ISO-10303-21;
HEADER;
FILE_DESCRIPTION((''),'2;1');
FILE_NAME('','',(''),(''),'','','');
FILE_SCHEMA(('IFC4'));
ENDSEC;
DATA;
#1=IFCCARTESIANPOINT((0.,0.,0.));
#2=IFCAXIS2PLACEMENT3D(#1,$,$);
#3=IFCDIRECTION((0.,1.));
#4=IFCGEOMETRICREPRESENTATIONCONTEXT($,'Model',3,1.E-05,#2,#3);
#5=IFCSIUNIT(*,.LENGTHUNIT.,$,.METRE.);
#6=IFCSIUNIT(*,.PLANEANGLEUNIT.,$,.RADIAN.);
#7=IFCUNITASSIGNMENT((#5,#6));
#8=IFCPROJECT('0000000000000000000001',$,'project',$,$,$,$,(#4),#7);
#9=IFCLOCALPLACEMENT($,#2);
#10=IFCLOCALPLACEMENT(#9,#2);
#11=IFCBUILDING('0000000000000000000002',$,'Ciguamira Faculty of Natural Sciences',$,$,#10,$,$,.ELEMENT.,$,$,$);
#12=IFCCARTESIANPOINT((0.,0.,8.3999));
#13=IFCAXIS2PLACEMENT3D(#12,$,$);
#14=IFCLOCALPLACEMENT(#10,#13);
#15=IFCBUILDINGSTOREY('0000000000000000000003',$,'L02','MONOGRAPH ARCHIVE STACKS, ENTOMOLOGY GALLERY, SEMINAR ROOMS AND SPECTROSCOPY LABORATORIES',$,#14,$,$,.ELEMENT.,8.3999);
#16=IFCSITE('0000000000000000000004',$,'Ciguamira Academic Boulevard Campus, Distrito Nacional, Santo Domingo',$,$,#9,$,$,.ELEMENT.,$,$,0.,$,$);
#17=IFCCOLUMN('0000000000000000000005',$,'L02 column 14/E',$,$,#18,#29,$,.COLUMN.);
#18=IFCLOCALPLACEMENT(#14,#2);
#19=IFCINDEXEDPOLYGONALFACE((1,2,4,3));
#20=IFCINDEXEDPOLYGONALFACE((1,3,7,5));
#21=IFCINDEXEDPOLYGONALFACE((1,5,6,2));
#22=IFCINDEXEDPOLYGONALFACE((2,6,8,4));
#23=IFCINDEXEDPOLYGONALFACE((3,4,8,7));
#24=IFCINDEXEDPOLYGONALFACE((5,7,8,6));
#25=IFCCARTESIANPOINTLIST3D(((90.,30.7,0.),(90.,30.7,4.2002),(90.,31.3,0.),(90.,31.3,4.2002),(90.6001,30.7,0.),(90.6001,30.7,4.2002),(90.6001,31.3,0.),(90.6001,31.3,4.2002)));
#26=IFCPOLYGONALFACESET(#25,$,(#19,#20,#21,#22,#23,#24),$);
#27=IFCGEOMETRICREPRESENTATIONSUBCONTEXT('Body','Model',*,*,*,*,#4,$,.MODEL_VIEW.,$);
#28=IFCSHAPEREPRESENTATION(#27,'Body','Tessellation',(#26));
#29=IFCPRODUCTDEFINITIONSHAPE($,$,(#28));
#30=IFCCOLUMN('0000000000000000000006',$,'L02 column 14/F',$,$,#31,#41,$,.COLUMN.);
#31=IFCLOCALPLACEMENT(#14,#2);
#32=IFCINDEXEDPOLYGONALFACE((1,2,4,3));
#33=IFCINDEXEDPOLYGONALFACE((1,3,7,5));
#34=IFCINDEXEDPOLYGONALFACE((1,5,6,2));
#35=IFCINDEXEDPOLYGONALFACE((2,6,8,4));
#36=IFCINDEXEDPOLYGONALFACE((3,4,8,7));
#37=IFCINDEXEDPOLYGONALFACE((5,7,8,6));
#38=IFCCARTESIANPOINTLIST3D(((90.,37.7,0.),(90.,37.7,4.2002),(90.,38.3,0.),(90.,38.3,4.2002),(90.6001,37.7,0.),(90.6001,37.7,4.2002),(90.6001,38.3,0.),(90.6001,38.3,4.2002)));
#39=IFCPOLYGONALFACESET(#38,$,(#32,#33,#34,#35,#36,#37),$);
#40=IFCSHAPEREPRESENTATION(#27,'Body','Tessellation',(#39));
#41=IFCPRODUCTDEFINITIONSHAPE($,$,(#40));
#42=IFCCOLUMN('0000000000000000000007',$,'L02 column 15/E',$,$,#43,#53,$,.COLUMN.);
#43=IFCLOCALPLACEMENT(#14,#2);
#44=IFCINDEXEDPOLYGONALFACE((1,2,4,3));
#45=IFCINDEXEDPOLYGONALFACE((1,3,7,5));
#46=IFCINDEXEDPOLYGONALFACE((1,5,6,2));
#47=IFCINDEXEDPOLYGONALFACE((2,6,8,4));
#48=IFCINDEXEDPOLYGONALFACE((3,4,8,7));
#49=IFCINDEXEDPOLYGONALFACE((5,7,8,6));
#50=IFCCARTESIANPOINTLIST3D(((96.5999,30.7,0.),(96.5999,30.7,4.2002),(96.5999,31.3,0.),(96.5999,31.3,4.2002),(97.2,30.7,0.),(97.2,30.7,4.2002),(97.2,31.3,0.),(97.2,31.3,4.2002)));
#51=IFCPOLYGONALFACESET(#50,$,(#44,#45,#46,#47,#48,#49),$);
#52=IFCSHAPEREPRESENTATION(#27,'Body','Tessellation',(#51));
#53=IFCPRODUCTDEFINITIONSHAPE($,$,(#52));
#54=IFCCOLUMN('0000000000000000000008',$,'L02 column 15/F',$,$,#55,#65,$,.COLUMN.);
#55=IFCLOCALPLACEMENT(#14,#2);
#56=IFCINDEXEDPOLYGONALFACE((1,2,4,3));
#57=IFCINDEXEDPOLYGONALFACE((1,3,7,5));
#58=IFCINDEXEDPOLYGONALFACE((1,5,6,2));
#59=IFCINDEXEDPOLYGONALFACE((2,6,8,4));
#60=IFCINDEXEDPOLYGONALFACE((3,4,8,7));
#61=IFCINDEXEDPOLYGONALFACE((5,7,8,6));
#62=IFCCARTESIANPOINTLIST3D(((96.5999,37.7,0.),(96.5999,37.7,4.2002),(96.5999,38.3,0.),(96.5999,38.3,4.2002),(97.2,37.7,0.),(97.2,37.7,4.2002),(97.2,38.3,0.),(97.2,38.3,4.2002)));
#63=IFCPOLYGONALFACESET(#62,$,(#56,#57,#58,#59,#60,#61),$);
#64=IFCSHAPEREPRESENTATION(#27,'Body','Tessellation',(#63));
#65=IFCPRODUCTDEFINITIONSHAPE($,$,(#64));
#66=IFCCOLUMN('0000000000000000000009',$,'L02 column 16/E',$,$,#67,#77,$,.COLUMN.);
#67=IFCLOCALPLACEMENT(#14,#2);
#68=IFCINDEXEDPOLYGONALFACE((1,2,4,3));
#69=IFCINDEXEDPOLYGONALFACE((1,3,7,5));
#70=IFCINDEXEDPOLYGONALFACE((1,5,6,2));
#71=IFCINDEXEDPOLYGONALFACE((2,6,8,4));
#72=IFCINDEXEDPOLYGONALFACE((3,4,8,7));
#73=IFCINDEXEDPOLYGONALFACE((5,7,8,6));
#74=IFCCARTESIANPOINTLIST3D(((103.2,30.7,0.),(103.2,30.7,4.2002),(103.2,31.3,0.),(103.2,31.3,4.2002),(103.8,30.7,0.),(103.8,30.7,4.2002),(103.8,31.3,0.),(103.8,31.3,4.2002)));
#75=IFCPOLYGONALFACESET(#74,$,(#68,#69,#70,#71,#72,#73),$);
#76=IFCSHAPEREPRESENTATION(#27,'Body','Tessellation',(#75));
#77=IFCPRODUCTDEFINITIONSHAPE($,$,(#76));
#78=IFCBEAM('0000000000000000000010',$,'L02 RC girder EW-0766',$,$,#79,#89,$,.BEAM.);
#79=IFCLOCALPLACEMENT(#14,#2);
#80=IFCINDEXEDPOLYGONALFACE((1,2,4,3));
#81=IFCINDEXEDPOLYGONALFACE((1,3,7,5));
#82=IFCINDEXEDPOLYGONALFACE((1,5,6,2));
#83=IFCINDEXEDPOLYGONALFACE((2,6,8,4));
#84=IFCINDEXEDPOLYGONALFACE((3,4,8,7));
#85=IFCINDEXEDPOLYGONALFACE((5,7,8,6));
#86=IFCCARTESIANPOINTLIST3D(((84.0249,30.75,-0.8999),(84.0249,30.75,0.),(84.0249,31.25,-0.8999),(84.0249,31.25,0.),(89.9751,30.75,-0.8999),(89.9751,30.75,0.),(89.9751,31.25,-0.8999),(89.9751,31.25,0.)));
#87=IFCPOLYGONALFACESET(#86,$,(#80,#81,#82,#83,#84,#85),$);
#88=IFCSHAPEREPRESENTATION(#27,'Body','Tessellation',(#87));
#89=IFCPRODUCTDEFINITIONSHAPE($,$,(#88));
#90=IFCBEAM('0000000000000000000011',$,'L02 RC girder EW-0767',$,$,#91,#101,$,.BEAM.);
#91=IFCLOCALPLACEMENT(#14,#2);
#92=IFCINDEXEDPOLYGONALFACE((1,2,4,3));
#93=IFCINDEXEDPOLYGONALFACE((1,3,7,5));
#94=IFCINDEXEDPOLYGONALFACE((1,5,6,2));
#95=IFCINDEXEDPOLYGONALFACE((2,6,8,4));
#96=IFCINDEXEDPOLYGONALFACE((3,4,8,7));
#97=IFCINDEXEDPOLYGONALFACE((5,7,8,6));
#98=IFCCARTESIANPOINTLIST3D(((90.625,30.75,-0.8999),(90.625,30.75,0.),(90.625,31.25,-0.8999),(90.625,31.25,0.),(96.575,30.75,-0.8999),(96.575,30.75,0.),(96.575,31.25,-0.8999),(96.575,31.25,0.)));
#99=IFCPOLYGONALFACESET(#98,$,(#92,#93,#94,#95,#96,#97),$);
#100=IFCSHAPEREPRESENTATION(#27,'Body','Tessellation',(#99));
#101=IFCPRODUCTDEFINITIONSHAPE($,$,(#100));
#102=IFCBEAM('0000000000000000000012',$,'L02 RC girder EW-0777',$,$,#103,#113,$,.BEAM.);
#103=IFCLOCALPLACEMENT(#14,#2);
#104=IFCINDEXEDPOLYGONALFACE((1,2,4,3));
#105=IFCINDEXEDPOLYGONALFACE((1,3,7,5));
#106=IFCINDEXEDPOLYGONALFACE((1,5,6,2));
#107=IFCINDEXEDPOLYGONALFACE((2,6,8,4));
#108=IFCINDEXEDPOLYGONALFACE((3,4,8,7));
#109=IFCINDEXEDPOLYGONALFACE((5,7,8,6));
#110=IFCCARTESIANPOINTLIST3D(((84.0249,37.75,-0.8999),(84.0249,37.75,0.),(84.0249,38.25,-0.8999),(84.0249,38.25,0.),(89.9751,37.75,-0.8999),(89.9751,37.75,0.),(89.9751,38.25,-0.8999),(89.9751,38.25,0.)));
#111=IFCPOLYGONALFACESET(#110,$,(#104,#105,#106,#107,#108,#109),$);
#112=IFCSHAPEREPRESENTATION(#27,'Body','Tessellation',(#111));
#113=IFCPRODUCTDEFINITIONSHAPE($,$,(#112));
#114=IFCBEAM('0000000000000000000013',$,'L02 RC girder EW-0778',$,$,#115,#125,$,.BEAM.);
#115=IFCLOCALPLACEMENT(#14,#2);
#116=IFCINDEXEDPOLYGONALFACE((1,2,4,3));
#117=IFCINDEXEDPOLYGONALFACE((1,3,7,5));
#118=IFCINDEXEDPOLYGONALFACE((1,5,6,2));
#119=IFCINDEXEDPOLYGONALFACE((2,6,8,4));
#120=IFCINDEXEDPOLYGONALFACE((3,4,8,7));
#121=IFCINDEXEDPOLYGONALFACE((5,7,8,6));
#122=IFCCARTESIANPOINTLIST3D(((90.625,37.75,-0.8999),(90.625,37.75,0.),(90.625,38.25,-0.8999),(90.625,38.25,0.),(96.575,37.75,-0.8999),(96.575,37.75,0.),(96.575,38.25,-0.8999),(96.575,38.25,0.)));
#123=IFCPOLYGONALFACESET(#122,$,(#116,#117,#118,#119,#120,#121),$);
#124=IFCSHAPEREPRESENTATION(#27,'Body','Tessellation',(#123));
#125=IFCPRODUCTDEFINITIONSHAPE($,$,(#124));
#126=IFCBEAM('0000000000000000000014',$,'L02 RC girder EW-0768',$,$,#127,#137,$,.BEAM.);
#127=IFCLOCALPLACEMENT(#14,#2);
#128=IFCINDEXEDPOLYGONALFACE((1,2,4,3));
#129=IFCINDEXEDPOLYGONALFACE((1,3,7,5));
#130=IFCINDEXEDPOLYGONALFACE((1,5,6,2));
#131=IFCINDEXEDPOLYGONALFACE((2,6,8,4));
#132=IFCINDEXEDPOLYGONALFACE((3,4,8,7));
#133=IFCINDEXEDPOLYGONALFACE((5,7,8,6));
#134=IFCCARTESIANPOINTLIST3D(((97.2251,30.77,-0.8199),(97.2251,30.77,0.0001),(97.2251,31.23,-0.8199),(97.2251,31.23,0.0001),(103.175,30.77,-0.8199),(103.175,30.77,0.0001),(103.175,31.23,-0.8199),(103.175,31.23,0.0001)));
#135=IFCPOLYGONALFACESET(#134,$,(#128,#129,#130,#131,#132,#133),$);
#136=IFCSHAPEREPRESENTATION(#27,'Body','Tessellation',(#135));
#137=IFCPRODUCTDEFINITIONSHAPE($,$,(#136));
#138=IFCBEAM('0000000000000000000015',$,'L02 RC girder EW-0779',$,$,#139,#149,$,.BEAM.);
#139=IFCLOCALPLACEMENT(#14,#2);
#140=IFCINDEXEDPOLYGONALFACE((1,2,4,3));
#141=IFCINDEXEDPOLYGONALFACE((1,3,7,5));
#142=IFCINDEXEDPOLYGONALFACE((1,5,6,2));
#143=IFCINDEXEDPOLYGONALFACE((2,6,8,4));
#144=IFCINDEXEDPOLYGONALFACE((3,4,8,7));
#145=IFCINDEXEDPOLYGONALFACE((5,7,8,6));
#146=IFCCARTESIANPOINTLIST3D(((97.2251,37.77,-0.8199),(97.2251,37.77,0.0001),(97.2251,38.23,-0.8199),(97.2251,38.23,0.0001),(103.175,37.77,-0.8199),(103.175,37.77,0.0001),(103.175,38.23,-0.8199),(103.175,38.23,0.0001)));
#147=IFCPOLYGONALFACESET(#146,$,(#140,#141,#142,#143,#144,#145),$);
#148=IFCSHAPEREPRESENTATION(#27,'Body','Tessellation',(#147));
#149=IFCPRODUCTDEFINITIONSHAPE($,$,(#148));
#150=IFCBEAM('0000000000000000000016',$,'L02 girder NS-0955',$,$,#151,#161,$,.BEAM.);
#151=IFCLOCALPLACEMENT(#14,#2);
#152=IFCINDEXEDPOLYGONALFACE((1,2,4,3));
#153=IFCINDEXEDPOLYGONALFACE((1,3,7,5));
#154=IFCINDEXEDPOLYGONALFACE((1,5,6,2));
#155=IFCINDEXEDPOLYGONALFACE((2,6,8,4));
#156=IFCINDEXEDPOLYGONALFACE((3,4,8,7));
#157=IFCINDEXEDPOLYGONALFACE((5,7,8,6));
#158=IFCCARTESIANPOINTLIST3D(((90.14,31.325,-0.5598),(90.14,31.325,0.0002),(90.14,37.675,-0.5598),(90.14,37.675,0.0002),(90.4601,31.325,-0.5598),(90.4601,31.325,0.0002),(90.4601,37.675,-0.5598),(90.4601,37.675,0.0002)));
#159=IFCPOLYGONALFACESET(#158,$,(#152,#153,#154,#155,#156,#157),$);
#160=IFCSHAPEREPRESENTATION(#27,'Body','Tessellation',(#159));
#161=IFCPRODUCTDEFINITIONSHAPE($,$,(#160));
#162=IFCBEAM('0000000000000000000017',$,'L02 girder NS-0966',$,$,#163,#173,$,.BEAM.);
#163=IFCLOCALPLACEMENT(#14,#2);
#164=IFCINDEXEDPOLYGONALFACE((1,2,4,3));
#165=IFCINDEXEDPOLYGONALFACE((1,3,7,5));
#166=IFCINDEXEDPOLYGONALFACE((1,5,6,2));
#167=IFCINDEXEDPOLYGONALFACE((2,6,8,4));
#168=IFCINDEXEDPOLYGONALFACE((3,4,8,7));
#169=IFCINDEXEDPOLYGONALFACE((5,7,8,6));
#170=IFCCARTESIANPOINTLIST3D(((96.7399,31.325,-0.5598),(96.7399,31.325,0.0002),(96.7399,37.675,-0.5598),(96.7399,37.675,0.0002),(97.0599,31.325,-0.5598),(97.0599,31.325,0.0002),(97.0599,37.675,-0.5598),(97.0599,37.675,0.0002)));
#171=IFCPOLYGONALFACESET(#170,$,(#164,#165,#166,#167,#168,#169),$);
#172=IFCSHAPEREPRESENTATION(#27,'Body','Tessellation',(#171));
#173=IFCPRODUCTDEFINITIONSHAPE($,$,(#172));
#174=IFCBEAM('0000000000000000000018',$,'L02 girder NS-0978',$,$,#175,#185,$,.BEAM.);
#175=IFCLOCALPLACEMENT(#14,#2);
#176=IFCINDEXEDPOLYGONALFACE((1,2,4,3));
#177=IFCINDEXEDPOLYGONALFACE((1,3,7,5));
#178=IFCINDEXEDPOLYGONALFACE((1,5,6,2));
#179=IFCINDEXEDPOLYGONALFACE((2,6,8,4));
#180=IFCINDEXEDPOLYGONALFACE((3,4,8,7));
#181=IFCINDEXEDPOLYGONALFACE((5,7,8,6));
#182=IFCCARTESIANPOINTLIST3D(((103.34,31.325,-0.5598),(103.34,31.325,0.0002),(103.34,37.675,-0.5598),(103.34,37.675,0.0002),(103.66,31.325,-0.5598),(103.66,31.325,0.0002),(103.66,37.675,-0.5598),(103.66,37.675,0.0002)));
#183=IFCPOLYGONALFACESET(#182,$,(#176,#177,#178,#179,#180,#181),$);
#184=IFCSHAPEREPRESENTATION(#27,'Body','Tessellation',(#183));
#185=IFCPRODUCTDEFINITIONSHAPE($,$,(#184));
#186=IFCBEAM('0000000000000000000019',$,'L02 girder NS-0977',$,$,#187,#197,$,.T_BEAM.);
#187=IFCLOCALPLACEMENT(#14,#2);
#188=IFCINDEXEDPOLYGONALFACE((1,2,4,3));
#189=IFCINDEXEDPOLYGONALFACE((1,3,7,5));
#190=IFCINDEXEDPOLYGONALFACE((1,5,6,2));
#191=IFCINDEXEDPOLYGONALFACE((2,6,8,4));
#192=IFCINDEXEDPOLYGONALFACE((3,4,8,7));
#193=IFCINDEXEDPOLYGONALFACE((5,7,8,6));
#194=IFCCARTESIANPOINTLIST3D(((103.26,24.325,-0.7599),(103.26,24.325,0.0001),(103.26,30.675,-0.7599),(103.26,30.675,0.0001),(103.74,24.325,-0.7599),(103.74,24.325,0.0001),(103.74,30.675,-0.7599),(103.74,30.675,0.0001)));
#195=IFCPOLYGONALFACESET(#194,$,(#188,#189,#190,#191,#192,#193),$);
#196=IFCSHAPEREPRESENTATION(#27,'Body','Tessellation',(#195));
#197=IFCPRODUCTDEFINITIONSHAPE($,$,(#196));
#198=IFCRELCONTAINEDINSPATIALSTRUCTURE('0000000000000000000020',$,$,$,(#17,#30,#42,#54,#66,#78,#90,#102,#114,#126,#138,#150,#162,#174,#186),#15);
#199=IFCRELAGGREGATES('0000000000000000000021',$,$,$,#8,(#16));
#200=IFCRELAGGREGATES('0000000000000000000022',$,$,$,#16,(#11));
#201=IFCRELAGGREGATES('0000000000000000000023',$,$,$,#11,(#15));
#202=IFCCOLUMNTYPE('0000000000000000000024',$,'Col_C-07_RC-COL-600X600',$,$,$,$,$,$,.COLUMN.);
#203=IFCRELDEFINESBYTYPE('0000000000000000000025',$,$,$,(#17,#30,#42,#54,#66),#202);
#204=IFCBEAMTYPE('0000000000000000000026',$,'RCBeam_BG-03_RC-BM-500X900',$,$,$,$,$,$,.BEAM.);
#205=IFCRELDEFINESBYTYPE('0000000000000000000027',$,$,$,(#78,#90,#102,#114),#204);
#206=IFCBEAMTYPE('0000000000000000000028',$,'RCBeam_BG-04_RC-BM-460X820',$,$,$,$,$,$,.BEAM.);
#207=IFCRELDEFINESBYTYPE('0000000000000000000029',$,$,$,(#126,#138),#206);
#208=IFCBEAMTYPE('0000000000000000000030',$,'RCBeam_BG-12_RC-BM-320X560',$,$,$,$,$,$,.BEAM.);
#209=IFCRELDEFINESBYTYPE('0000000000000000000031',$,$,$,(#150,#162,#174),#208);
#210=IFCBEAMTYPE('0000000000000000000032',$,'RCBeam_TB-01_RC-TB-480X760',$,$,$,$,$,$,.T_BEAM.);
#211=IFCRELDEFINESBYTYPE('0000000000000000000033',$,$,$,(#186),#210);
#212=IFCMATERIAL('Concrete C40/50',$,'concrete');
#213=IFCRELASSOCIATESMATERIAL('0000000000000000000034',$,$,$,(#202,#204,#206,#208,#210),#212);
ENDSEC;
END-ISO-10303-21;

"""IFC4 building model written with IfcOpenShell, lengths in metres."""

from ifc_helpers import new_model, si_unit, direction, frame, origin, origin_2d, place, context, subcontext, project, spatial, rectangle, extrude, material, material_profile, profile_set, type_object, element, save


model = new_model("IFC4")

# Units and contexts
model_context = context("Model", 3, precision=1e-05, world=origin(), true_north=direction((0.0, 1.0)))
body_context = subcontext(model_context, "Body", "Model", "MODEL_VIEW")
ifc_project = project(units=[si_unit("LENGTHUNIT", "METRE"), si_unit("PLANEANGLEUNIT", "RADIAN")], contexts=[model_context])

# Site, building, storey
site_placement = place(None, origin())
site = spatial("IfcSite", under=ifc_project, at=site_placement, Name="Ciguamira Academic Boulevard Campus, Distrito Nacional, Santo Domingo", CompositionType="ELEMENT", RefElevation=0.0)
building_placement = place(site_placement, origin())
building = spatial("IfcBuilding", under=site, at=building_placement, Name="Ciguamira Faculty of Natural Sciences", CompositionType="ELEMENT")
storey_placement = place(building_placement, frame((0.0, 0.0, 8.3999)))
storey = spatial("IfcBuildingStorey", under=building, at=storey_placement, Name="L02", Description="MONOGRAPH ARCHIVE STACKS, ENTOMOLOGY GALLERY, SEMINAR ROOMS AND SPECTROSCOPY LABORATORIES", CompositionType="ELEMENT", Elevation=8.3999)

# Columns
ifc_material_1 = material(Name="Concrete C40/50", Category="concrete")
ifc_material_profile_1 = material_profile(ifc_material_1, rectangle(XDim=0.6001, YDim=0.6001, at=origin_2d()), Name="RC-COL-600X600")
ifc_profile_set_1 = profile_set([ifc_material_profile_1], Name="Concrete C40/50")
column_type = type_object("IfcColumnType", Name="Col_C-07_RC-COL-600X600", PredefinedType="COLUMN", material=ifc_profile_set_1)
for number, where, z_axis, x_axis, name in (
    (1, (90.3, 31.0, 0.0), (0.0, 0.0, 1.0), (1.0, 0.0, 0.0), "L02 column 14/E"),
    (2, (90.3, 38.0, 0.0), (0.0, 0.0, 1.0), (1.0, 0.0, 0.0), "L02 column 14/F"),
    (3, (96.8999, 31.0, 0.0), (0.0, 0.0, 1.0), (1.0, 0.0, 0.0), "L02 column 15/E"),
    (4, (96.8999, 38.0, 0.0), (0.0, 0.0, 1.0), (1.0, 0.0, 0.0), "L02 column 15/F"),
    (5, (103.5, 31.0, 0.0), (0.0, 0.0, 1.0), (1.0, 0.0, 0.0), "L02 column 16/E"),
):
    element("IfcColumn", number, at=place(storey_placement, frame(where, z_axis=z_axis, x_axis=x_axis)), inside=storey, type_object=column_type, Name=name, PredefinedType="COLUMN", context=body_context, shape_type="SweptSolid", body=[
        extrude(rectangle(XDim=0.6001, YDim=0.6001, at=origin_2d()), origin(), (0.0, 0.0, 1.0), 4.2002),
    ])

# Beams
ifc_material_profile_2 = material_profile(ifc_material_1, rectangle(XDim=0.5, YDim=0.8999, at=origin_2d()), Name="RC-BM-500X900")
ifc_profile_set_2 = profile_set([ifc_material_profile_2], Name="Concrete C40/50")
beam_type_1 = type_object("IfcBeamType", Name="RCBeam_BG-03_RC-BM-500X900", PredefinedType="BEAM", material=ifc_profile_set_2)
beam_1_placement = place(storey_placement, frame((84.0249, 31.0, -0.45), z_axis=(1.0, 0.0, 0.0), x_axis=(0.0, 1.0, 0.0)))
element("IfcBeam", 6, at=beam_1_placement, inside=storey, type_object=beam_type_1, Name="L02 RC girder EW-0766", PredefinedType="BEAM", context=body_context, shape_type="SweptSolid", body=[
    extrude(rectangle(XDim=0.5, YDim=0.8999, at=origin_2d()), origin(), (0.0, 0.0, 1.0), 5.9502),
])
beam_2_placement = place(storey_placement, frame((90.625, 31.0, -0.45), z_axis=(1.0, 0.0, 0.0), x_axis=(0.0, 1.0, 0.0)))
element("IfcBeam", 7, at=beam_2_placement, inside=storey, type_object=beam_type_1, Name="L02 RC girder EW-0767", PredefinedType="BEAM", context=body_context, shape_type="SweptSolid", body=[
    extrude(rectangle(XDim=0.5, YDim=0.8999, at=origin_2d()), origin(), (0.0, 0.0, 1.0), 5.95),
])
beam_3_placement = place(storey_placement, frame((84.0249, 38.0, -0.45), z_axis=(1.0, 0.0, 0.0), x_axis=(0.0, 1.0, 0.0)))
element("IfcBeam", 8, at=beam_3_placement, inside=storey, type_object=beam_type_1, Name="L02 RC girder EW-0777", PredefinedType="BEAM", context=body_context, shape_type="SweptSolid", body=[
    extrude(rectangle(XDim=0.5, YDim=0.8999, at=origin_2d()), origin(), (0.0, 0.0, 1.0), 5.9502),
])
beam_4_placement = place(storey_placement, frame((90.625, 38.0, -0.45), z_axis=(1.0, 0.0, 0.0), x_axis=(0.0, 1.0, 0.0)))
element("IfcBeam", 9, at=beam_4_placement, inside=storey, type_object=beam_type_1, Name="L02 RC girder EW-0778", PredefinedType="BEAM", context=body_context, shape_type="SweptSolid", body=[
    extrude(rectangle(XDim=0.5, YDim=0.8999, at=origin_2d()), origin(), (0.0, 0.0, 1.0), 5.95),
])
ifc_material_profile_3 = material_profile(ifc_material_1, rectangle(XDim=0.46, YDim=0.8201, at=origin_2d()), Name="RC-BM-460X820")
ifc_profile_set_3 = profile_set([ifc_material_profile_3], Name="Concrete C40/50")
beam_type_2 = type_object("IfcBeamType", Name="RCBeam_BG-04_RC-BM-460X820", PredefinedType="BEAM", material=ifc_profile_set_3)
for number, where, z_axis, x_axis, name in (
    (10, (97.2251, 31.0, -0.4099), (1.0, 0.0, 0.0), (0.0, 1.0, 0.0), "L02 RC girder EW-0768"),
    (11, (97.2251, 38.0, -0.4099), (1.0, 0.0, 0.0), (0.0, 1.0, 0.0), "L02 RC girder EW-0779"),
):
    element("IfcBeam", number, at=place(storey_placement, frame(where, z_axis=z_axis, x_axis=x_axis)), inside=storey, type_object=beam_type_2, Name=name, PredefinedType="BEAM", context=body_context, shape_type="SweptSolid", body=[
        extrude(rectangle(XDim=0.46, YDim=0.8201, at=origin_2d()), origin(), (0.0, 0.0, 1.0), 5.95),
    ])
ifc_material_profile_4 = material_profile(ifc_material_1, rectangle(XDim=0.3201, YDim=0.5601, at=origin_2d()), Name="RC-BM-320X560")
ifc_profile_set_4 = profile_set([ifc_material_profile_4], Name="Concrete C40/50")
beam_type_3 = type_object("IfcBeamType", Name="RCBeam_BG-12_RC-BM-320X560", PredefinedType="BEAM", material=ifc_profile_set_4)
for number, where, z_axis, x_axis, name in (
    (12, (90.3, 31.325, -0.2798), (0.0, 1.0, 0.0), (-1.0, 0.0, 0.0), "L02 girder NS-0955"),
    (13, (96.8999, 31.325, -0.2798), (0.0, 1.0, 0.0), (-1.0, 0.0, 0.0), "L02 girder NS-0966"),
    (14, (103.5, 31.325, -0.2798), (0.0, 1.0, 0.0), (-1.0, 0.0, 0.0), "L02 girder NS-0978"),
):
    element("IfcBeam", number, at=place(storey_placement, frame(where, z_axis=z_axis, x_axis=x_axis)), inside=storey, type_object=beam_type_3, Name=name, PredefinedType="BEAM", context=body_context, shape_type="SweptSolid", body=[
        extrude(rectangle(XDim=0.3201, YDim=0.5601, at=origin_2d()), origin(), (0.0, 0.0, 1.0), 6.3501),
    ])
ifc_material_profile_5 = material_profile(ifc_material_1, rectangle(XDim=0.48, YDim=0.76, at=origin_2d()), Name="RC-TB-480X760")
ifc_profile_set_5 = profile_set([ifc_material_profile_5], Name="Concrete C40/50")
beam_type_4 = type_object("IfcBeamType", Name="RCBeam_TB-01_RC-TB-480X760", PredefinedType="T_BEAM", material=ifc_profile_set_5)
beam_5_placement = place(storey_placement, frame((103.5, 24.325, -0.3799), z_axis=(0.0, 1.0, 0.0), x_axis=(-1.0, 0.0, 0.0)))
element("IfcBeam", 15, at=beam_5_placement, inside=storey, type_object=beam_type_4, Name="L02 girder NS-0977", PredefinedType="T_BEAM", context=body_context, shape_type="SweptSolid", body=[
    extrude(rectangle(XDim=0.48, YDim=0.76, at=origin_2d()), origin(), (0.0, 0.0, 1.0), 6.3501),
])

save(model, "model.ifc")
